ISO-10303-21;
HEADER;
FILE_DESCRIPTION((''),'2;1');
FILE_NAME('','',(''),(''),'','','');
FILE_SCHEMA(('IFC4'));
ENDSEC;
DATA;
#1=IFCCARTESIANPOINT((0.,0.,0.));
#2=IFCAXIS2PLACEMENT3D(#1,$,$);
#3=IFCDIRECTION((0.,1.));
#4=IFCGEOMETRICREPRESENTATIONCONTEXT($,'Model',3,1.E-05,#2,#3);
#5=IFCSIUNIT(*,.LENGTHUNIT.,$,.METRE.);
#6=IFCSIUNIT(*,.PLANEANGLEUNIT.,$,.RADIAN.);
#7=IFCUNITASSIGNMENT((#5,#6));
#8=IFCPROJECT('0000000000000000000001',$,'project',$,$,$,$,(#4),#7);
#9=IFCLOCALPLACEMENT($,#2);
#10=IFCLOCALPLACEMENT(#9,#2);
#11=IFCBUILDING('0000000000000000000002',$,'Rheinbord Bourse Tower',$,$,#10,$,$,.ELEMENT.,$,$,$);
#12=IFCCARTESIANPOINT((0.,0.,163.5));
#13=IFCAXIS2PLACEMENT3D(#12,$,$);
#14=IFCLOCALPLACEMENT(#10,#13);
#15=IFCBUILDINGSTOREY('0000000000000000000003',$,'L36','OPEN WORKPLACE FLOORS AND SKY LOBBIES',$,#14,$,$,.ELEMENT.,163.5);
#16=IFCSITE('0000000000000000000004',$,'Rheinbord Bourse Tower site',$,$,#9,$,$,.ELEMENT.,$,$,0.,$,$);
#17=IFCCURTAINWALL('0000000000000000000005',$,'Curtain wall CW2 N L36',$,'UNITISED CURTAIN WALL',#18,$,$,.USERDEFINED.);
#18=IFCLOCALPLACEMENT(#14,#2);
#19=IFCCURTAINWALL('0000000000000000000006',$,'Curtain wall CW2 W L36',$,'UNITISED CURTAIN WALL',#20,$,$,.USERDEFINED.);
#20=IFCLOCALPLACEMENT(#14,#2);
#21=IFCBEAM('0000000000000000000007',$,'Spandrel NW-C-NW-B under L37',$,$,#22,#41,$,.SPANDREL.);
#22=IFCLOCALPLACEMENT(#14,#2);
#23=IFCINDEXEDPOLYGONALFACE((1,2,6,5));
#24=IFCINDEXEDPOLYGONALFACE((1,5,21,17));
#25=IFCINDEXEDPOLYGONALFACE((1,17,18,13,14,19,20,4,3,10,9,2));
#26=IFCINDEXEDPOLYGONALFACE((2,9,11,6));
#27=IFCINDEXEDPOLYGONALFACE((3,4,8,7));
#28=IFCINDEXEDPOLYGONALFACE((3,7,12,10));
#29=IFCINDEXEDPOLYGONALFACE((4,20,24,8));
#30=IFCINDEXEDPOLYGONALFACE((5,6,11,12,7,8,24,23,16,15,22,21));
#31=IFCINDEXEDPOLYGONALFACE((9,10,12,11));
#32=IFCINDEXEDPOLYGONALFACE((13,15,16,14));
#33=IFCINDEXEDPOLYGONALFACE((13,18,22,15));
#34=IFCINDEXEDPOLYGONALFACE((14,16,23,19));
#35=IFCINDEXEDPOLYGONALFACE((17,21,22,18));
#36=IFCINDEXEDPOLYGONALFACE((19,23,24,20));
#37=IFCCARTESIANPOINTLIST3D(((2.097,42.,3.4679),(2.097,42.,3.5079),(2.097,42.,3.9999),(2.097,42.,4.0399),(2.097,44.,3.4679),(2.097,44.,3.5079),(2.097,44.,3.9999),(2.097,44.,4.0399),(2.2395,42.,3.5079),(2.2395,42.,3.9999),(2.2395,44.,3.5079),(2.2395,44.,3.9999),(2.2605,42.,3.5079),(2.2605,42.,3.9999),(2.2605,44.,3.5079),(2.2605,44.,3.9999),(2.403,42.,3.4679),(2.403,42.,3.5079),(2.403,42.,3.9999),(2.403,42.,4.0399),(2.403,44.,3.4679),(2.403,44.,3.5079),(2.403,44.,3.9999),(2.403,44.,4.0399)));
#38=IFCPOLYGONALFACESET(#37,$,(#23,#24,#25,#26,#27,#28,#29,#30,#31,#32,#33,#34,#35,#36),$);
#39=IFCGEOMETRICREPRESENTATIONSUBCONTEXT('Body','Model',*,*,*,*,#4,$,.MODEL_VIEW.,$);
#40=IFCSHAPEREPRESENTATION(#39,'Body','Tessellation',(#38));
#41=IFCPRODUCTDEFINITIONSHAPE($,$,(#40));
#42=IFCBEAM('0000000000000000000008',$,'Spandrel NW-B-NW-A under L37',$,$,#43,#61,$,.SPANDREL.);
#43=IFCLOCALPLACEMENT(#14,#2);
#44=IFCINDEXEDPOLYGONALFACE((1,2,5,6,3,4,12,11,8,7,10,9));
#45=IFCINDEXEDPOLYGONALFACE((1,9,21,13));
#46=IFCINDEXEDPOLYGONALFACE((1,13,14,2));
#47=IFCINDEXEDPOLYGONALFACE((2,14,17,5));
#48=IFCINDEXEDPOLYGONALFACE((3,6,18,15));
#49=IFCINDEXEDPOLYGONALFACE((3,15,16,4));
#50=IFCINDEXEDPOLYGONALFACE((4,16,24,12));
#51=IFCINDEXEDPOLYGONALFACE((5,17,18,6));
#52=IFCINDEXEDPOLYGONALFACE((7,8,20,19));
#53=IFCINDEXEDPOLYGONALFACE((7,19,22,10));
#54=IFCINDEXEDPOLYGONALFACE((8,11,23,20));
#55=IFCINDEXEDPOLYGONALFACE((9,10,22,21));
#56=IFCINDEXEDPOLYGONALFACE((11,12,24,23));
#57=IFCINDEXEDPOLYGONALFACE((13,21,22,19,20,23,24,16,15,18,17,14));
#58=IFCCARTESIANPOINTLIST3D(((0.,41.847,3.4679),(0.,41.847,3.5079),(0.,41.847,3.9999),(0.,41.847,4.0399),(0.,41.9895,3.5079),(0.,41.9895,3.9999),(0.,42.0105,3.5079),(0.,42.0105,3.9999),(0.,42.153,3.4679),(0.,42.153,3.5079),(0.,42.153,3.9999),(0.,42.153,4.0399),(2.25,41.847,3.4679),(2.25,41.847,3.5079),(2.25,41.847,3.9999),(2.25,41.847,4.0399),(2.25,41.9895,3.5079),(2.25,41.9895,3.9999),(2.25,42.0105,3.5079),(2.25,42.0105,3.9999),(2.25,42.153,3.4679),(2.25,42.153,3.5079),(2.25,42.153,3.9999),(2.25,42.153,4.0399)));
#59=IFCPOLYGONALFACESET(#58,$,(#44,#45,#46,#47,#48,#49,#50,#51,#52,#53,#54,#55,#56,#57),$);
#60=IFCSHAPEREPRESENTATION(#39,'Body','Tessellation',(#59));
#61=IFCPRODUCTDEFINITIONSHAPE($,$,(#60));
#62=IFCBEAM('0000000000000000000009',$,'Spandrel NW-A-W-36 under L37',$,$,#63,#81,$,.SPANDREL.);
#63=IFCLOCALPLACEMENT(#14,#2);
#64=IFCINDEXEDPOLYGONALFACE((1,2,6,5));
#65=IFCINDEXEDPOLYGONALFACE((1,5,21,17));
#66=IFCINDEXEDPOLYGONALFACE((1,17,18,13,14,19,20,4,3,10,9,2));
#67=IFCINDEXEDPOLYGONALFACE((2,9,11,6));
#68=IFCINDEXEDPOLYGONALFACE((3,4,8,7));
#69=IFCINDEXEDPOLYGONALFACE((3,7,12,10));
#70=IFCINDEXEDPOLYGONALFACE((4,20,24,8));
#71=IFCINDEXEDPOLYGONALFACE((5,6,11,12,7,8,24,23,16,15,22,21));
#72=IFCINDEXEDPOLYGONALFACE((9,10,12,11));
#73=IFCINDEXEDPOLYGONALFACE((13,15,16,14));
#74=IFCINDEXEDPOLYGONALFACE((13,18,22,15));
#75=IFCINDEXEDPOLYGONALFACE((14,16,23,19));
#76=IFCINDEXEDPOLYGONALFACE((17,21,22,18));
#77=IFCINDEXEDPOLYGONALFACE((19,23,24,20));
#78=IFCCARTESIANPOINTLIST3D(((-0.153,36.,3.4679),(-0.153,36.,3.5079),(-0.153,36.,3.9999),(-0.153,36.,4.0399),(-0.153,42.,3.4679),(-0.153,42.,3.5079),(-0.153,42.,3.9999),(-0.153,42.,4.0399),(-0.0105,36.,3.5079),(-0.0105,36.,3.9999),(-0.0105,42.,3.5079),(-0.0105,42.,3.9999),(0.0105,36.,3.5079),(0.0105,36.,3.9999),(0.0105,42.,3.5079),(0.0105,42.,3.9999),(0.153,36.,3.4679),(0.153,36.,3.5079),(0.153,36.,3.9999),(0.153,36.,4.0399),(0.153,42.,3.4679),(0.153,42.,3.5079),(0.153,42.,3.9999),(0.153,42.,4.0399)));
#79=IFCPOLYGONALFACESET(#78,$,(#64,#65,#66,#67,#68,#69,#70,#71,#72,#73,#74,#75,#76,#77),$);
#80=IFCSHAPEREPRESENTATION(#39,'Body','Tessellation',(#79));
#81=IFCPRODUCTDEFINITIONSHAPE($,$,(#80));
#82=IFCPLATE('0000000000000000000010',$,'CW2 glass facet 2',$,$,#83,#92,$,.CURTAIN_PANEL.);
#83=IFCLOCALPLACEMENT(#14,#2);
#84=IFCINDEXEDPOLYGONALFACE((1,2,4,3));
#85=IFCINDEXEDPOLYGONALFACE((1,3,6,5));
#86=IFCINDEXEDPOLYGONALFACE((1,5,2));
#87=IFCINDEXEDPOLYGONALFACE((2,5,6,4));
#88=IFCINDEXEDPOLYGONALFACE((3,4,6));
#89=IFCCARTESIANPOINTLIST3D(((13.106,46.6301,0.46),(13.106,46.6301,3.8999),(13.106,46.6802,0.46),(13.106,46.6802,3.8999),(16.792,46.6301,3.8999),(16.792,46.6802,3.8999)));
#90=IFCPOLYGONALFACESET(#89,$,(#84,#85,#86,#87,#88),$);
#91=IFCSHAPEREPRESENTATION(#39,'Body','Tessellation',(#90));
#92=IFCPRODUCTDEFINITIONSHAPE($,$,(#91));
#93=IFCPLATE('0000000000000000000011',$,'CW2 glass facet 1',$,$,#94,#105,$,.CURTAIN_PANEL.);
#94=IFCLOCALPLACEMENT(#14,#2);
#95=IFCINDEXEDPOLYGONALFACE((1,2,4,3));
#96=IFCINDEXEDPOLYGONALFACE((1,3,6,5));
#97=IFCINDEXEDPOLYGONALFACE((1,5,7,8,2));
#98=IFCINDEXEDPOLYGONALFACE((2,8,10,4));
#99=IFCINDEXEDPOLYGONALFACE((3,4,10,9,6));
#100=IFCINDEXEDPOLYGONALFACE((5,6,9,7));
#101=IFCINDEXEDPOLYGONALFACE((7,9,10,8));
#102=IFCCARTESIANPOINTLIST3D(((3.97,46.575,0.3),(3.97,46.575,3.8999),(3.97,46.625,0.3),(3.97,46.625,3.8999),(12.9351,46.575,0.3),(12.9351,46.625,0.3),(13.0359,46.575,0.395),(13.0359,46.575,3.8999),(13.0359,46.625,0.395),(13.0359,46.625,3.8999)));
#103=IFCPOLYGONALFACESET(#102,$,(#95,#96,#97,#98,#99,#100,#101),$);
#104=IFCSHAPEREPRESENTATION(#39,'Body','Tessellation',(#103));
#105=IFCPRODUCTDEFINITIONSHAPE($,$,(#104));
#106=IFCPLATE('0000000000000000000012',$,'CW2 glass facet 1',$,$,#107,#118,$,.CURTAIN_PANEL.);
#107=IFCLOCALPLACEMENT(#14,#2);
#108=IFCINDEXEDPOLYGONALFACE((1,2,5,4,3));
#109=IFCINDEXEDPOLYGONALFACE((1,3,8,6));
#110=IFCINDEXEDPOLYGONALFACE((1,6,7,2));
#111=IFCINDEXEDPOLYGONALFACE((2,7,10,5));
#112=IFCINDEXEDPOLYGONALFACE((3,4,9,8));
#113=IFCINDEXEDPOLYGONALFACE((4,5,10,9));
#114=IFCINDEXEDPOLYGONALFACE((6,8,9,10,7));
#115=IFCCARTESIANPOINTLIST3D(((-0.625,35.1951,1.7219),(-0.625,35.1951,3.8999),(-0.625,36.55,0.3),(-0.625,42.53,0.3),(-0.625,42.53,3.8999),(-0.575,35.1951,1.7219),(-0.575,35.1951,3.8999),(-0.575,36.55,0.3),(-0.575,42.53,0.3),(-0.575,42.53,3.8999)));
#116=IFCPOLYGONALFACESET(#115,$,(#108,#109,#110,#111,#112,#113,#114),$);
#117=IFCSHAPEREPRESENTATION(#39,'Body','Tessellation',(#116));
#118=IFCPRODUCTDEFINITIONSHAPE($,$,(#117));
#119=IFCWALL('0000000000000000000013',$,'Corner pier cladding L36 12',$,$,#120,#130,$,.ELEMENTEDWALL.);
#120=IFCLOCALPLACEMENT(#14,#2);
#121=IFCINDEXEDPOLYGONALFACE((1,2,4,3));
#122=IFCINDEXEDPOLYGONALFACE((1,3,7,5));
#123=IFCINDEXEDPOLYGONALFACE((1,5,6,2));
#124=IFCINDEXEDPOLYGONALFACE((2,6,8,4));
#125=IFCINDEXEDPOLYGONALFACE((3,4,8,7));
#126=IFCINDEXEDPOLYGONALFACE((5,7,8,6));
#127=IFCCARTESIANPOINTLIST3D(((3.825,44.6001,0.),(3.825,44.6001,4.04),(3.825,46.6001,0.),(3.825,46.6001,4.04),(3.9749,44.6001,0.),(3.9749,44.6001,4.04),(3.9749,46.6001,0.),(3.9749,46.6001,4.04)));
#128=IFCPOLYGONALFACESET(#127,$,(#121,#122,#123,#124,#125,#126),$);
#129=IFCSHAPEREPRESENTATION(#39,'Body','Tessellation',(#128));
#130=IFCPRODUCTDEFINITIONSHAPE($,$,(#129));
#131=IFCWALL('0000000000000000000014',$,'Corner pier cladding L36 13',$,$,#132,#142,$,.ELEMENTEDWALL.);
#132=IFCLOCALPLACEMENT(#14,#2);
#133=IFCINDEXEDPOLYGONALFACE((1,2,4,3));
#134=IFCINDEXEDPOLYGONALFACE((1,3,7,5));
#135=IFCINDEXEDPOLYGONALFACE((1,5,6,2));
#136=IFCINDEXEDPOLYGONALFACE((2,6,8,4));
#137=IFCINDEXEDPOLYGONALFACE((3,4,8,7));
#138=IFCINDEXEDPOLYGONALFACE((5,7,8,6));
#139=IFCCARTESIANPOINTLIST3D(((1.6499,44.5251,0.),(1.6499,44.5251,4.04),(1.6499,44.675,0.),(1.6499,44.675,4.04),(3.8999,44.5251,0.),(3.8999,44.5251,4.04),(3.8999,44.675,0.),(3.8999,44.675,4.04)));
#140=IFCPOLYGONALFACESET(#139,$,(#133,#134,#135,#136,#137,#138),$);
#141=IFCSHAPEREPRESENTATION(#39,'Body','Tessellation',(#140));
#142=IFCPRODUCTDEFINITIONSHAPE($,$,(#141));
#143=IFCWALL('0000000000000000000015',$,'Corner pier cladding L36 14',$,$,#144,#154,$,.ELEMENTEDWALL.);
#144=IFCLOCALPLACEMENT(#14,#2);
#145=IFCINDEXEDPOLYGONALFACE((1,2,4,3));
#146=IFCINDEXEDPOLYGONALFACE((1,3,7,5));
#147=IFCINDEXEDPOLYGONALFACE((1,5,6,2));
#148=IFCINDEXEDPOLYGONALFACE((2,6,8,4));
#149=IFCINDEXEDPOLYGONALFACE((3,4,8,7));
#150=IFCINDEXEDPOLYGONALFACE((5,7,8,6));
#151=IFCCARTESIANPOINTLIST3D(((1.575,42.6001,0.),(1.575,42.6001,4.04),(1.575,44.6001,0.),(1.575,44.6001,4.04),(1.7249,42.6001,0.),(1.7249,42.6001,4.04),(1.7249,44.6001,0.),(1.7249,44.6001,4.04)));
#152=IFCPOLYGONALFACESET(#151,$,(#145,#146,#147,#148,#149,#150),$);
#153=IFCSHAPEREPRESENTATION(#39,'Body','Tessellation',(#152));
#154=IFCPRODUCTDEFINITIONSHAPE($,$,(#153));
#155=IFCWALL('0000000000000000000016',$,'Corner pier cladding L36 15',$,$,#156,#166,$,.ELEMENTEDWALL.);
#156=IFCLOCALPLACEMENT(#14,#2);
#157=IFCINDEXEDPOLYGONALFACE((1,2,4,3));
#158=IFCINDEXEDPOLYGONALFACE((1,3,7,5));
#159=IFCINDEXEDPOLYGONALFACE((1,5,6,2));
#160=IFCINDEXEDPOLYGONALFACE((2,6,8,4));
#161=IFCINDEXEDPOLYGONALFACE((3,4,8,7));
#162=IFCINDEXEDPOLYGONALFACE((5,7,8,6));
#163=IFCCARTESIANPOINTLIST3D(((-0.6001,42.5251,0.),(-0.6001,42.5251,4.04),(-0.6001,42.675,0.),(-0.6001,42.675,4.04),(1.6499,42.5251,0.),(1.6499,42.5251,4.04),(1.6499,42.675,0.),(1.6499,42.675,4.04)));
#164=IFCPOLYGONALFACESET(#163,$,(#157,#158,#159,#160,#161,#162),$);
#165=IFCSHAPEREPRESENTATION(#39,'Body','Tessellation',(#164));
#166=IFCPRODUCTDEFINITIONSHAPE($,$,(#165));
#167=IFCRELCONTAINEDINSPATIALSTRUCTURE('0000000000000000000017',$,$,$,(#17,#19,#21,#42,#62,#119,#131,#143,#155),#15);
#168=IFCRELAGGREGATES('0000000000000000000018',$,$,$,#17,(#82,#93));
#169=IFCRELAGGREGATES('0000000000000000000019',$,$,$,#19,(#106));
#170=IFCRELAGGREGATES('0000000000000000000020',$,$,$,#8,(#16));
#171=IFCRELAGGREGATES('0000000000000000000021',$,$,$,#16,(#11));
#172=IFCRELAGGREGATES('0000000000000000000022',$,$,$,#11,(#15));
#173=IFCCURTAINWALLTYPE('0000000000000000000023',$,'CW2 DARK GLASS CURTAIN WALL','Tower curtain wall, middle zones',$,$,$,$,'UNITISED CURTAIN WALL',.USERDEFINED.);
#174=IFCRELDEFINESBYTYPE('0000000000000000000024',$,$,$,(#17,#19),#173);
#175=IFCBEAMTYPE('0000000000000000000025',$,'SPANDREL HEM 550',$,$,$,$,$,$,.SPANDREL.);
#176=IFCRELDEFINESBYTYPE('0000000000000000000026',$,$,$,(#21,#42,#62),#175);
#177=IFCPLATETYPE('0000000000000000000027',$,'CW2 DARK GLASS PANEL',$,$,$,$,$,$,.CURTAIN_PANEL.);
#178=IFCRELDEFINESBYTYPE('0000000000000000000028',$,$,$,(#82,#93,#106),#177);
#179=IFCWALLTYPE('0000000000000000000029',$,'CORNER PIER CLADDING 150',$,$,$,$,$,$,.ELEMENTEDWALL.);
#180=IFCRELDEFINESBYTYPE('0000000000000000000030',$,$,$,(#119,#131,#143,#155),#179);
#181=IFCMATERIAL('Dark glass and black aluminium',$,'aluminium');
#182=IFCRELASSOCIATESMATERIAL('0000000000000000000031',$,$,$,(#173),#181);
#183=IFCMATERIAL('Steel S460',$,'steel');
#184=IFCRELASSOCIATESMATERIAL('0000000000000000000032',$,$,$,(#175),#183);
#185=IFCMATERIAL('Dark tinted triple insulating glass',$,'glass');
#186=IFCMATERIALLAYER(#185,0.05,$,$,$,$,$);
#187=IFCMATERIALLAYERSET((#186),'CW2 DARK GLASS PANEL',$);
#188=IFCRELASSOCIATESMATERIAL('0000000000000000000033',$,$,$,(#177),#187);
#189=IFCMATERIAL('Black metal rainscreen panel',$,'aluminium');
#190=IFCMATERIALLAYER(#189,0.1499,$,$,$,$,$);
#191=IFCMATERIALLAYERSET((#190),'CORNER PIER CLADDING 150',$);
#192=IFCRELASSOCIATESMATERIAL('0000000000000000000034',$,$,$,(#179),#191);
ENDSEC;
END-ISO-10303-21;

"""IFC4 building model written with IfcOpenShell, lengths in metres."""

from ifc_helpers import new_model, si_unit, direction, frame, frame_2d, origin, origin_2d, place, context, subcontext, project, spatial, polyline, rectangle, i_section, outline, extrude, material, layer, layer_set, material_profile, profile_set, type_object, element, aggregate, save


model = new_model("IFC4")

# Units and contexts
model_context = context("Model", 3, precision=1e-05, world=origin(), true_north=direction((0.0, 1.0)))
body_context = subcontext(model_context, "Body", "Model", "MODEL_VIEW")
ifc_project = project(units=[si_unit("LENGTHUNIT", "METRE"), si_unit("PLANEANGLEUNIT", "RADIAN")], contexts=[model_context])

# Site, building, storey
site_placement = place(None, origin())
site = spatial("IfcSite", under=ifc_project, at=site_placement, Name="Rheinbord Bourse Tower site", CompositionType="ELEMENT", RefElevation=0.0)
building_placement = place(site_placement, origin())
building = spatial("IfcBuilding", under=site, at=building_placement, Name="Rheinbord Bourse Tower", CompositionType="ELEMENT")
storey_placement = place(building_placement, frame((0.0, 0.0, 163.5)))
storey = spatial("IfcBuildingStorey", under=building, at=storey_placement, Name="L36", Description="OPEN WORKPLACE FLOORS AND SKY LOBBIES", CompositionType="ELEMENT", Elevation=163.5)

# Curtain wall
ifc_material_1 = material(Name="Dark glass and black aluminium", Category="aluminium")
curtain_wall_type = type_object("IfcCurtainWallType", Name="CW2 DARK GLASS CURTAIN WALL", Description="Tower curtain wall, middle zones", ElementType="UNITISED CURTAIN WALL", PredefinedType="USERDEFINED", material=ifc_material_1)
curtain_wall_1_placement = place(storey_placement, origin())
curtain_wall_1 = element("IfcCurtainWall", 1, at=curtain_wall_1_placement, inside=storey, type_object=curtain_wall_type, Name="Curtain wall CW2 N L36", ObjectType="UNITISED CURTAIN WALL", PredefinedType="USERDEFINED")

# Curtain wall
curtain_wall_2_placement = place(storey_placement, origin())
curtain_wall_2 = element("IfcCurtainWall", 2, at=curtain_wall_2_placement, inside=storey, type_object=curtain_wall_type, Name="Curtain wall CW2 W L36", ObjectType="UNITISED CURTAIN WALL", PredefinedType="USERDEFINED")

# Beams
ifc_material_2 = material(Name="Steel S460", Category="steel")
ifc_material_profile_1 = material_profile(ifc_material_2, i_section(OverallWidth=0.3059, OverallDepth=0.572, WebThickness=0.021, FlangeThickness=0.04, at=origin_2d()), Name="HEM 550")
ifc_profile_set_1 = profile_set([ifc_material_profile_1], Name="Steel S460")
beam_type_1 = type_object("IfcBeamType", Name="SPANDREL HEM 550", PredefinedType="SPANDREL", material=ifc_profile_set_1)
beam_1_placement = place(storey_placement, frame((2.25, 44.0, 3.7539), z_axis=(0.0, -1.0, 0.0), x_axis=(1.0, 0.0, 0.0)))
element("IfcBeam", 3, at=beam_1_placement, inside=storey, type_object=beam_type_1, Name="Spandrel NW-C-NW-B under L37", PredefinedType="SPANDREL", context=body_context, shape_type="SweptSolid", body=[
    extrude(i_section(OverallWidth=0.3059, OverallDepth=0.572, WebThickness=0.021, FlangeThickness=0.04, at=origin_2d()), origin(), (0.0, 0.0, 1.0), 2.0),
])
beam_2_placement = place(storey_placement, frame((2.25, 42.0, 3.7539), z_axis=(-1.0, 0.0, 0.0), x_axis=(0.0, -1.0, 0.0)))
element("IfcBeam", 4, at=beam_2_placement, inside=storey, type_object=beam_type_1, Name="Spandrel NW-B-NW-A under L37", PredefinedType="SPANDREL", context=body_context, shape_type="SweptSolid", body=[
    extrude(i_section(OverallWidth=0.3059, OverallDepth=0.572, WebThickness=0.021, FlangeThickness=0.04, at=origin_2d()), origin(), (0.0, 0.0, 1.0), 2.25),
])
beam_3_placement = place(storey_placement, frame((0.0, 42.0, 3.7539), z_axis=(0.0, -1.0, 0.0), x_axis=(1.0, 0.0, 0.0)))
element("IfcBeam", 5, at=beam_3_placement, inside=storey, type_object=beam_type_1, Name="Spandrel NW-A-W-36 under L37", PredefinedType="SPANDREL", context=body_context, shape_type="SweptSolid", body=[
    extrude(i_section(OverallWidth=0.3059, OverallDepth=0.572, WebThickness=0.021, FlangeThickness=0.04, at=origin_2d()), origin(), (0.0, 0.0, 1.0), 6.0),
])

# Plates
ifc_material_3 = material(Name="Dark tinted triple insulating glass", Category="glass")
ifc_layer_1 = layer(ifc_material_3, 0.05)
ifc_layer_set_1 = layer_set([ifc_layer_1], Name="CW2 DARK GLASS PANEL")
plate_type = type_object("IfcPlateType", Name="CW2 DARK GLASS PANEL", PredefinedType="CURTAIN_PANEL", material=ifc_layer_set_1)
plate_1_placement = place(storey_placement, frame((13.106, 46.6802, 3.8999), z_axis=(0.0, -1.0, 0.0), x_axis=(0.0, 0.0, -1.0)))
plate_1 = element("IfcPlate", 6, at=plate_1_placement, type_object=plate_type, Name="CW2 glass facet 2", PredefinedType="CURTAIN_PANEL", context=body_context, shape_type="SweptSolid", body=[
    extrude(outline(polyline([(0.0, 0.0), (3.4399, 0.0), (0.0, 3.686), (0.0, 0.0)])), origin(), (0.0, 0.0, 1.0), 0.05),
])
plate_2_placement = place(storey_placement, frame((13.0359, 46.625, 3.8999), z_axis=(0.0, -1.0, 0.0), x_axis=(-1.0, 0.0, 0.0)))
plate_2 = element("IfcPlate", 7, at=plate_2_placement, type_object=plate_type, Name="CW2 glass facet 1", PredefinedType="CURTAIN_PANEL", context=body_context, shape_type="SweptSolid", body=[
    extrude(outline(polyline([(0.0, 0.0), (9.0659, 0.0), (9.0659, 3.5999), (0.1008, 3.5999), (0.0, 3.5049), (0.0, 0.0)])), origin(), (0.0, 0.0, 1.0), 0.05),
])
aggregate(curtain_wall_1, [plate_1, plate_2])
plate_3_placement = place(storey_placement, frame((-0.625, 42.53, 0.3), z_axis=(1.0, 0.0, 0.0), x_axis=(0.0, 0.0, 1.0)))
plate_3 = element("IfcPlate", 8, at=plate_3_placement, type_object=plate_type, Name="CW2 glass facet 1", PredefinedType="CURTAIN_PANEL", context=body_context, shape_type="SweptSolid", body=[
    extrude(outline(polyline([(0.0, 0.0), (3.5999, 0.0), (3.5999, 7.335), (1.4219, 7.335), (0.0, 5.98), (0.0, 0.0)])), origin(), (0.0, 0.0, 1.0), 0.05),
])
aggregate(curtain_wall_2, [plate_3])

# Walls
ifc_material_4 = material(Name="Black metal rainscreen panel", Category="aluminium")
ifc_layer_2 = layer(ifc_material_4, 0.1499)
ifc_layer_set_2 = layer_set([ifc_layer_2], Name="CORNER PIER CLADDING 150")
wall_type_1 = type_object("IfcWallType", Name="CORNER PIER CLADDING 150", PredefinedType="ELEMENTEDWALL", material=ifc_layer_set_2)
wall_1_placement = place(storey_placement, frame((3.8999, 46.6001, 0.0), z_axis=(0.0, 0.0, 1.0), x_axis=(0.0, -1.0, 0.0)))
element("IfcWall", 9, at=wall_1_placement, inside=storey, type_object=wall_type_1, Name="Corner pier cladding L36 12", PredefinedType="ELEMENTEDWALL", context=body_context, shape_type="SweptSolid", body=[
    extrude(rectangle(XDim=2.0, YDim=0.1499, at=frame_2d((1.0, 0.0))), origin(), (0.0, 0.0, 1.0), 4.04),
])
wall_2_placement = place(storey_placement, frame((3.8999, 44.6001, 0.0), z_axis=(0.0, 0.0, 1.0), x_axis=(-1.0, 0.0, 0.0)))
element("IfcWall", 10, at=wall_2_placement, inside=storey, type_object=wall_type_1, Name="Corner pier cladding L36 13", PredefinedType="ELEMENTEDWALL", context=body_context, shape_type="SweptSolid", body=[
    extrude(rectangle(XDim=2.25, YDim=0.1499, at=frame_2d((1.125, 0.0))), origin(), (0.0, 0.0, 1.0), 4.04),
])
wall_3_placement = place(storey_placement, frame((1.6499, 44.6001, 0.0), z_axis=(0.0, 0.0, 1.0), x_axis=(0.0, -1.0, 0.0)))
element("IfcWall", 11, at=wall_3_placement, inside=storey, type_object=wall_type_1, Name="Corner pier cladding L36 14", PredefinedType="ELEMENTEDWALL", context=body_context, shape_type="SweptSolid", body=[
    extrude(rectangle(XDim=2.0, YDim=0.1499, at=frame_2d((1.0, 0.0))), origin(), (0.0, 0.0, 1.0), 4.04),
])
wall_4_placement = place(storey_placement, frame((1.6499, 42.6001, 0.0), z_axis=(0.0, 0.0, 1.0), x_axis=(-1.0, 0.0, 0.0)))
element("IfcWall", 12, at=wall_4_placement, inside=storey, type_object=wall_type_1, Name="Corner pier cladding L36 15", PredefinedType="ELEMENTEDWALL", context=body_context, shape_type="SweptSolid", body=[
    extrude(rectangle(XDim=2.25, YDim=0.1499, at=frame_2d((1.125, 0.0))), origin(), (0.0, 0.0, 1.0), 4.04),
])

save(model, "model.ifc")
